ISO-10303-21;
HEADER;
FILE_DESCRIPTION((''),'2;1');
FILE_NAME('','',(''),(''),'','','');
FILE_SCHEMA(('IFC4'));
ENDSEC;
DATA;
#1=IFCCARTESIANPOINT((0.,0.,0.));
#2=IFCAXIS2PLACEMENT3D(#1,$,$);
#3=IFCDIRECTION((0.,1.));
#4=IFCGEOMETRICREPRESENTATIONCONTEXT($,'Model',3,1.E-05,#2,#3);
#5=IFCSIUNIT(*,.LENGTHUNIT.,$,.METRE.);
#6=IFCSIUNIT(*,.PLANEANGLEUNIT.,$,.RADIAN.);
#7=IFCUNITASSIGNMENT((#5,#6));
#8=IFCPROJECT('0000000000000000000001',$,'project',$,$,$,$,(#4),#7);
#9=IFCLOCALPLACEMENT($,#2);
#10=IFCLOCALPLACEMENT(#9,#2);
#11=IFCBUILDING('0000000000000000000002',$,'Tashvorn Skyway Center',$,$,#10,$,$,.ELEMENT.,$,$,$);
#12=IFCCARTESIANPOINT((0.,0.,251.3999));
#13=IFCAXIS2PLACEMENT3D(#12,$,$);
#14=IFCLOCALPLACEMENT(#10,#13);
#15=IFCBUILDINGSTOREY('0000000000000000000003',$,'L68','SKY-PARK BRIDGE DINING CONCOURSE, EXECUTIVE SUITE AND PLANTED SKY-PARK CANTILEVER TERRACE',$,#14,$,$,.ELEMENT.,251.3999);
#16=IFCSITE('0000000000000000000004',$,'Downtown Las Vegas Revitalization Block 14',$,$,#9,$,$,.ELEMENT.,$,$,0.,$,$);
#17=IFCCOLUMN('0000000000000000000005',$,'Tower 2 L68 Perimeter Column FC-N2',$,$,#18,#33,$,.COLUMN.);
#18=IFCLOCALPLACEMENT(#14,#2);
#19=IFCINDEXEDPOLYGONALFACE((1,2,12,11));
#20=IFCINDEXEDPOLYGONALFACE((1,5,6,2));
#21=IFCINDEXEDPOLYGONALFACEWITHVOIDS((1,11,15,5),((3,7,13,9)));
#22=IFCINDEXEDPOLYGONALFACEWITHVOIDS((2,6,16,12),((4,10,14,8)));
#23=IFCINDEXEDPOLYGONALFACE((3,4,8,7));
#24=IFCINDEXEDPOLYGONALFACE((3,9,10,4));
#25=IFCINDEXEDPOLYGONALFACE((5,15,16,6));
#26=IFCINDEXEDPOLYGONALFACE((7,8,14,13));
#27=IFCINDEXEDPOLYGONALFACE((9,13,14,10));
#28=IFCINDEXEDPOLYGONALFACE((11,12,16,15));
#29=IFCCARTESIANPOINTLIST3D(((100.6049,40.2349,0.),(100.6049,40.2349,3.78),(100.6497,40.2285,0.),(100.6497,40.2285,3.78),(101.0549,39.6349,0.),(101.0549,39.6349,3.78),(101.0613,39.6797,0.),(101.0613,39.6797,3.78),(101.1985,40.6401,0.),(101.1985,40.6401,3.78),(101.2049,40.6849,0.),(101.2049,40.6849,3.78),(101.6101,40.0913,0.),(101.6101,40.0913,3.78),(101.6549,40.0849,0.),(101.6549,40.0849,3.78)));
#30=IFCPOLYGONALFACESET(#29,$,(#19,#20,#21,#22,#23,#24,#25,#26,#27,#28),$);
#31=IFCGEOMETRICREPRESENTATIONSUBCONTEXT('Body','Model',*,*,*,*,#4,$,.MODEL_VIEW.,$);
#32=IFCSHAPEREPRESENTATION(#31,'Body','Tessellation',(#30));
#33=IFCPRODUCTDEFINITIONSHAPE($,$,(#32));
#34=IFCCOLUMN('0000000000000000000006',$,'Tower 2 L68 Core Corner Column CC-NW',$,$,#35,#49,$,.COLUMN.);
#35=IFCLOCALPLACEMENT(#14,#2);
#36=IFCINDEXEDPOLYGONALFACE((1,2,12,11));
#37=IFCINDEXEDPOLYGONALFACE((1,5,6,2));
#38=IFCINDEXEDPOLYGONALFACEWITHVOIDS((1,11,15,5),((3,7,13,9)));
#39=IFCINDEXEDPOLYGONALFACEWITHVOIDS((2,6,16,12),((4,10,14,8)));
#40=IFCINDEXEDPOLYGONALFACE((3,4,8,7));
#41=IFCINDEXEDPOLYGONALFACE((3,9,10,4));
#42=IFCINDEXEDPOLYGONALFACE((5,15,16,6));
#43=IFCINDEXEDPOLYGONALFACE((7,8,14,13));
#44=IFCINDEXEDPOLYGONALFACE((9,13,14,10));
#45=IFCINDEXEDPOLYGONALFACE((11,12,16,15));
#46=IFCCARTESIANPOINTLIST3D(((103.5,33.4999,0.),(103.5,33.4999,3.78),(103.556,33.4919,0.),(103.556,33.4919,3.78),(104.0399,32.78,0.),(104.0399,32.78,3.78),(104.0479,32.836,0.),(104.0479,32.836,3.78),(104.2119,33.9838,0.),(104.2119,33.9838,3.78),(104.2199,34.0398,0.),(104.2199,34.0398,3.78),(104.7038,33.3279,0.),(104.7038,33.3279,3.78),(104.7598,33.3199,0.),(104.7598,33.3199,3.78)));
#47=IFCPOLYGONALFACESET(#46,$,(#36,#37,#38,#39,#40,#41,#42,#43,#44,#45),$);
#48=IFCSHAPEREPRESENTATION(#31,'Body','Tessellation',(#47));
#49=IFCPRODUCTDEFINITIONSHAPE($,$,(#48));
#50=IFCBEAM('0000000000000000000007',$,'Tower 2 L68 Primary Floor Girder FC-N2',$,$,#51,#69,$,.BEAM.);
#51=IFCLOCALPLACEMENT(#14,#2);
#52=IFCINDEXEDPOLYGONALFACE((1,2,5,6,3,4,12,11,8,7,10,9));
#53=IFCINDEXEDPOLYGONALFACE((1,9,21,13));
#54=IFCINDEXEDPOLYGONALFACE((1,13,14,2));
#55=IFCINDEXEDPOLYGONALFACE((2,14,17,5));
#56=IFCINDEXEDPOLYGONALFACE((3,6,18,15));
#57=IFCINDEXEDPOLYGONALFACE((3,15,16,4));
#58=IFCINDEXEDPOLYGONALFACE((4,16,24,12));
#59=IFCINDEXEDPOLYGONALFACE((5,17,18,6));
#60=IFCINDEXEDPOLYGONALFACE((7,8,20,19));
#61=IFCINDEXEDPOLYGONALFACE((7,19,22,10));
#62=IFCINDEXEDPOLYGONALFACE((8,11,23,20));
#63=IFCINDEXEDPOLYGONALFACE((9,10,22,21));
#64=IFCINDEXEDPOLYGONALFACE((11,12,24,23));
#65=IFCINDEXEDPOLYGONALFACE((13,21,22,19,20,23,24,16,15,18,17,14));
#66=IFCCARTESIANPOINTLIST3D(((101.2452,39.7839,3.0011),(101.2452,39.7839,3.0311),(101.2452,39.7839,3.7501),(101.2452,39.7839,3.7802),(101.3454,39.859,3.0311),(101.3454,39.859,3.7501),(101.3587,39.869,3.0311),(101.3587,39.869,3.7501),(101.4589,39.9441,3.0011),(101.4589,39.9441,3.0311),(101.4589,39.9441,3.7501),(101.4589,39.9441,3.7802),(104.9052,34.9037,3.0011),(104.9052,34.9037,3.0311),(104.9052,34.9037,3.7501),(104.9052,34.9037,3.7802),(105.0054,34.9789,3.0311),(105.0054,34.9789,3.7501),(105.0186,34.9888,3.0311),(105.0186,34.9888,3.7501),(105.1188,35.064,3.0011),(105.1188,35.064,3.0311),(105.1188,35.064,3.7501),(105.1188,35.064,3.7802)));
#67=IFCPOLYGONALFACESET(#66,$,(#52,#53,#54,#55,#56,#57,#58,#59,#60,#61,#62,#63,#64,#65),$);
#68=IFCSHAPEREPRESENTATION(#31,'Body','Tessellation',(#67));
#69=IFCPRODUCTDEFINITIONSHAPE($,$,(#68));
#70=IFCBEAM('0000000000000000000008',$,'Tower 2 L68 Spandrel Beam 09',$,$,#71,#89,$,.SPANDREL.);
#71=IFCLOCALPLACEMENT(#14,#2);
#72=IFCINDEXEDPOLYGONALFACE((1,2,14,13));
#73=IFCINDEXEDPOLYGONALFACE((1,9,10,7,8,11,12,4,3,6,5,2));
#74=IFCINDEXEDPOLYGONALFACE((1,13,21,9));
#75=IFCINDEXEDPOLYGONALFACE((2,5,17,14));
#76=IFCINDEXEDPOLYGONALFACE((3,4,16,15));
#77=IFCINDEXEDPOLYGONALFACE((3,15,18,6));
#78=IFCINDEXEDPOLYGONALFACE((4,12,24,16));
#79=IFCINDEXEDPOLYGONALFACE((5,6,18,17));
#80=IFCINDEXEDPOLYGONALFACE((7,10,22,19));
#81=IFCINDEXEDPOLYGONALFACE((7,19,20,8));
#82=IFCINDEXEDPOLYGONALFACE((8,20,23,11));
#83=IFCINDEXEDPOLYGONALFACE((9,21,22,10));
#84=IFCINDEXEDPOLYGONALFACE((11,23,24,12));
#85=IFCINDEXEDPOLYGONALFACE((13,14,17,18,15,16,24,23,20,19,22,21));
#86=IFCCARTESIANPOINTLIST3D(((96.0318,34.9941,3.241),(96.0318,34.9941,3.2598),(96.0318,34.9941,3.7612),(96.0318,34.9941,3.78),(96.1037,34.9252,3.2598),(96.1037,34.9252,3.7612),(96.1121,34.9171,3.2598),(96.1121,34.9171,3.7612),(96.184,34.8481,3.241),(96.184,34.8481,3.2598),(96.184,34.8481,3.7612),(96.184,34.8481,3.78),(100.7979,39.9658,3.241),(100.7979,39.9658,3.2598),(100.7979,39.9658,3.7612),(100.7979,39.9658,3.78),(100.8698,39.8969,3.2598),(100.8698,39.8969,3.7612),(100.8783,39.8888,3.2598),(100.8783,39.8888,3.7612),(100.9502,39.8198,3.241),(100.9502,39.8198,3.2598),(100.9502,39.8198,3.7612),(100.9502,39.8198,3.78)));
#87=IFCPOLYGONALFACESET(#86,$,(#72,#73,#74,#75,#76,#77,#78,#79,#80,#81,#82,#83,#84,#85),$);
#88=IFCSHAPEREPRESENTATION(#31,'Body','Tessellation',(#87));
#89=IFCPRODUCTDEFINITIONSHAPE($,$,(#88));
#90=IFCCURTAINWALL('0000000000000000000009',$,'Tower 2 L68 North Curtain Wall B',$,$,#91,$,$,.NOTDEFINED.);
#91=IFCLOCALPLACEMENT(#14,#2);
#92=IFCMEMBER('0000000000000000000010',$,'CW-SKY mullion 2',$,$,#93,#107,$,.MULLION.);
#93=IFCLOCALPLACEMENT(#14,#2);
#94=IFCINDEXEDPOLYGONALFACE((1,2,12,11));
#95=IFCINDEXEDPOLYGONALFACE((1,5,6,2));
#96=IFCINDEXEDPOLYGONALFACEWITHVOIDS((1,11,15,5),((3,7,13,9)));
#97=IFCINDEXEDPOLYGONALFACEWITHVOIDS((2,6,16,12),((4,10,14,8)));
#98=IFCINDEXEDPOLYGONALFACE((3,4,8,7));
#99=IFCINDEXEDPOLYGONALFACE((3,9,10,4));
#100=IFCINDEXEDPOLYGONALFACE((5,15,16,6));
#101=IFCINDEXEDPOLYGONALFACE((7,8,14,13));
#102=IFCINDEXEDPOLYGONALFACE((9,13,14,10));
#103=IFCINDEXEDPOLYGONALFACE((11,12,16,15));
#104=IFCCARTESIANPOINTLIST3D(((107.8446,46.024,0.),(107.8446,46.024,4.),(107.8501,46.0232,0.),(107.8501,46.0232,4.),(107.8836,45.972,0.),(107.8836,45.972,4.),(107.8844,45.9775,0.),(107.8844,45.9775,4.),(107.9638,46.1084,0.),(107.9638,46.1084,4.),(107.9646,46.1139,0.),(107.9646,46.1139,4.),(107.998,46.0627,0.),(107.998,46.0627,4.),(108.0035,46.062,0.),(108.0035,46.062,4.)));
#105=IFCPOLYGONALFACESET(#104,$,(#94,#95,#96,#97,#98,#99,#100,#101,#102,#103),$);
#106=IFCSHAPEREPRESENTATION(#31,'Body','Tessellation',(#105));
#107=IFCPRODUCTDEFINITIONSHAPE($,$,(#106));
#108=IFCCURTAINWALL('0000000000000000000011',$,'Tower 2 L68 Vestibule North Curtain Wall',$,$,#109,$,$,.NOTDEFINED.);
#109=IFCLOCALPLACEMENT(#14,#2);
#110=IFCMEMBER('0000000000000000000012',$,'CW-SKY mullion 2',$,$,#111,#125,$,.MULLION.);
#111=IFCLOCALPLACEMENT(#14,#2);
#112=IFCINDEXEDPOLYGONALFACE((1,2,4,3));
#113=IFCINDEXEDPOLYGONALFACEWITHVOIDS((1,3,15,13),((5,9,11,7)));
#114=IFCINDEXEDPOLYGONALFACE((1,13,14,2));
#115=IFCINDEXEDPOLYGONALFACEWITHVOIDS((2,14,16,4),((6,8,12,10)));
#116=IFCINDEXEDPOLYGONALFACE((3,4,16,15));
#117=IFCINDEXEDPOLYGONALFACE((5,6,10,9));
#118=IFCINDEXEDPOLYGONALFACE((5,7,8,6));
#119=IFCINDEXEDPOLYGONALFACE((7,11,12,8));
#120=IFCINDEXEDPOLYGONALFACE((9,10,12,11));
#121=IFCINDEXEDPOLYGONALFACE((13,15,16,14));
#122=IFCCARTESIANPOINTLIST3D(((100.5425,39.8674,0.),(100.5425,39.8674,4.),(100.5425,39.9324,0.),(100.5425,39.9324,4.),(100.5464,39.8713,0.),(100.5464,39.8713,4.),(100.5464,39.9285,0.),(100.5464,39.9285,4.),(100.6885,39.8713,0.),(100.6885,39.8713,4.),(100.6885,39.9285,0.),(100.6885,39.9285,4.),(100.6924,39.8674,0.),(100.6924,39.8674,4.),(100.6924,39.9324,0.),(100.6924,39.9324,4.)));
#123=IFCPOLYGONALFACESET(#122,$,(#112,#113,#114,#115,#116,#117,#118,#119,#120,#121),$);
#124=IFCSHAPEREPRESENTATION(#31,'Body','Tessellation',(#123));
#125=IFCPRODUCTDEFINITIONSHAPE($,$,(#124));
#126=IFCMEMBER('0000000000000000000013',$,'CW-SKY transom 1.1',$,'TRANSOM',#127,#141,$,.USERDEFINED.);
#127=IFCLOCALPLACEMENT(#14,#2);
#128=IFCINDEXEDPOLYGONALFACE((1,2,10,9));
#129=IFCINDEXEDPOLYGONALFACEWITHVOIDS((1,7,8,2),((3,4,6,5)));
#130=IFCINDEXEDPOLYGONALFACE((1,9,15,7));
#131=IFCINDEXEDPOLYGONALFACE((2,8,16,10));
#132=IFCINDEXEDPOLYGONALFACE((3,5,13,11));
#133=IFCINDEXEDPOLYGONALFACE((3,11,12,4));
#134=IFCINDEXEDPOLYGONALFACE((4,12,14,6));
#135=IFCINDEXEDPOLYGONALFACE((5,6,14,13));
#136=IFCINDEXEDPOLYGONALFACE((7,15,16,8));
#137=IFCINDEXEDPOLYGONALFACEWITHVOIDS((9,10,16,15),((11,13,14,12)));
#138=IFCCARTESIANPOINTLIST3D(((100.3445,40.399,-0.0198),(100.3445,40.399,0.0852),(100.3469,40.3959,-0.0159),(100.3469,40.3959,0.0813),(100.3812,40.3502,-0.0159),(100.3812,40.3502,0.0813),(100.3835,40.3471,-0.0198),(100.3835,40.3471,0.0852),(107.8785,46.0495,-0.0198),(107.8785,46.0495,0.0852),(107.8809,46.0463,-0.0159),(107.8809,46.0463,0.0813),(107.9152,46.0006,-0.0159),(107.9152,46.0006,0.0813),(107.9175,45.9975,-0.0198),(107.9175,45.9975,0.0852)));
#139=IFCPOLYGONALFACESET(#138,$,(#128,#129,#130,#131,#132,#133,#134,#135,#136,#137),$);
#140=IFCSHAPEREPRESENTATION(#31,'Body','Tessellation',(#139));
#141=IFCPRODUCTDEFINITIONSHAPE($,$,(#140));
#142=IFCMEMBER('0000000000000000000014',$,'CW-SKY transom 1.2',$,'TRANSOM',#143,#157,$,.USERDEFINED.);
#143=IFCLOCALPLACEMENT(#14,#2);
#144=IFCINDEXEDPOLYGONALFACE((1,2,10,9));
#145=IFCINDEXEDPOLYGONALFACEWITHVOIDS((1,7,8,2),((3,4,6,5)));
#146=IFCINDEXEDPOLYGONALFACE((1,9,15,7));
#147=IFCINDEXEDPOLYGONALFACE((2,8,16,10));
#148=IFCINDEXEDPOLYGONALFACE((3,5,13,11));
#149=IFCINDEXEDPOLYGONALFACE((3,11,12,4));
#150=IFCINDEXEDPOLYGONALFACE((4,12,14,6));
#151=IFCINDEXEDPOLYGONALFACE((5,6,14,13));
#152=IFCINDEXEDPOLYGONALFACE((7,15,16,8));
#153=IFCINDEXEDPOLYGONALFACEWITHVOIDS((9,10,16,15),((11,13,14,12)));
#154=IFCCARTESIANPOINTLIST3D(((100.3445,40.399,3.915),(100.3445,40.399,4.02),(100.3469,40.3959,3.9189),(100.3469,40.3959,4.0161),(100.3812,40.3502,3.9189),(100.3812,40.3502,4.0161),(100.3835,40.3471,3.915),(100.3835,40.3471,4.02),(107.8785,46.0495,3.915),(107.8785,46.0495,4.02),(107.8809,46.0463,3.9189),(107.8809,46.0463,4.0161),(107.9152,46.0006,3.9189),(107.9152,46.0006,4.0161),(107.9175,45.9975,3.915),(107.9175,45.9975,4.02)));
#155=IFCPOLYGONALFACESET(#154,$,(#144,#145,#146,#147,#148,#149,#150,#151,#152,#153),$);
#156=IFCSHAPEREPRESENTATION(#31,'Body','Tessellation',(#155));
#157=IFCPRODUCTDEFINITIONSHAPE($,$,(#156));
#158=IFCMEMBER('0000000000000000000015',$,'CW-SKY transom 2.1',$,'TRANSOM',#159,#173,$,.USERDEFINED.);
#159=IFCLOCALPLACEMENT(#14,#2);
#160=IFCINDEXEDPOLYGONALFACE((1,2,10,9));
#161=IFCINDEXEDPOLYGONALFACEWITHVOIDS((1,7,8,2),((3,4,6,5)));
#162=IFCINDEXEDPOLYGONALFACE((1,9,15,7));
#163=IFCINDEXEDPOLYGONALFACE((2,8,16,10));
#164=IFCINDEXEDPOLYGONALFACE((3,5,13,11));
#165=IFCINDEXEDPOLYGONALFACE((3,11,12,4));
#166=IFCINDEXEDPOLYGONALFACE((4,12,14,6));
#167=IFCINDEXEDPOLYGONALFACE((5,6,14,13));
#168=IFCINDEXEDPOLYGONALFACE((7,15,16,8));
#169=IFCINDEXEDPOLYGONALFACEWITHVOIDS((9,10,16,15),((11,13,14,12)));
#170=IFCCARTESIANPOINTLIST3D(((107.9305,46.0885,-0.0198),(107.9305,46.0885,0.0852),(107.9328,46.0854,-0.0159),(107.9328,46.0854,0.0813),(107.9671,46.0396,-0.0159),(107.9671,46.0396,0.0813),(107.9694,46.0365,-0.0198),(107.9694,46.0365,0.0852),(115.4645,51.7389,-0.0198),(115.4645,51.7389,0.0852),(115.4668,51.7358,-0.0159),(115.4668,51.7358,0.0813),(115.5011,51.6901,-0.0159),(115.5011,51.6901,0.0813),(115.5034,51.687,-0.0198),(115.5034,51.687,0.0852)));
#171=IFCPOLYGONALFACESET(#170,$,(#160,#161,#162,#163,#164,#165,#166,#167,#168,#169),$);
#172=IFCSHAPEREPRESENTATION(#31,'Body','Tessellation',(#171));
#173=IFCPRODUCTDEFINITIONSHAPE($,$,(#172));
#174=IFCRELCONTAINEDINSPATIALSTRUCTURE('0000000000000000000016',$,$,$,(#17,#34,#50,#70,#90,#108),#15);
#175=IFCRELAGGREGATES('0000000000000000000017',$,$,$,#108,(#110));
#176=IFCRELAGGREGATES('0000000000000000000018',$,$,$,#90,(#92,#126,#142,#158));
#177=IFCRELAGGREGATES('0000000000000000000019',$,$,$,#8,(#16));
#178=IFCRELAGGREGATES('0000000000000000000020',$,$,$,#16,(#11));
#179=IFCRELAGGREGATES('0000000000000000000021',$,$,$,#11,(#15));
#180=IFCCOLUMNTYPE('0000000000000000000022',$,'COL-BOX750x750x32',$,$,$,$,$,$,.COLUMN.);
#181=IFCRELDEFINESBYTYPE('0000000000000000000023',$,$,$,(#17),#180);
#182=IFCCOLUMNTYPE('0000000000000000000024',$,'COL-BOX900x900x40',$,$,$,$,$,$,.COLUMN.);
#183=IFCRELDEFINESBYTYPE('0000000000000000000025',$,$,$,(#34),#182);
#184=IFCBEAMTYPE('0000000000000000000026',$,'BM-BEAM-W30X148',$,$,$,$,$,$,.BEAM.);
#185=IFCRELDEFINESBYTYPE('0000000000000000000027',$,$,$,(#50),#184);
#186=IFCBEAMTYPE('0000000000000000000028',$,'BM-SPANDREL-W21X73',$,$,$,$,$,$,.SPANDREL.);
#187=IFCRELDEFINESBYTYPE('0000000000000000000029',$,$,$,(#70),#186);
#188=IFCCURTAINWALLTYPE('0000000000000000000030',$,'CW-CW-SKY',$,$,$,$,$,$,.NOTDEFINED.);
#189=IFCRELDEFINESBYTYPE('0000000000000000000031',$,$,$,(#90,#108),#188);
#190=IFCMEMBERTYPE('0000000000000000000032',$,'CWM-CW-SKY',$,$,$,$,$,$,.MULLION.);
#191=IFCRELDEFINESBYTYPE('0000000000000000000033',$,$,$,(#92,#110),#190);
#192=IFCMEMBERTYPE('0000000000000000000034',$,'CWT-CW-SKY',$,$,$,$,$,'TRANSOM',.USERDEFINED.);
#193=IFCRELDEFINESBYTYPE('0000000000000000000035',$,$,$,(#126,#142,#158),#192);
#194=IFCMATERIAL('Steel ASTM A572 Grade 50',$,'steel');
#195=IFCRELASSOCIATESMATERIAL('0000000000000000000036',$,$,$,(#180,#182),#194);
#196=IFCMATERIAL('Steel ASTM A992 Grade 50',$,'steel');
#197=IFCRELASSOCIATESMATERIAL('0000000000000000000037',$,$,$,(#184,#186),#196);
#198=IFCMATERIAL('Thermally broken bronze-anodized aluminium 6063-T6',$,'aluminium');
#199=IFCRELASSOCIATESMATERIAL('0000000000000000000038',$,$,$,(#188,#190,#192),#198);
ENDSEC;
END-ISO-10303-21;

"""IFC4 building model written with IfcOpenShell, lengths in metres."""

from ifc_helpers import new_model, si_unit, direction, frame, origin, origin_2d, place, context, subcontext, project, spatial, hollow_rectangle, i_section, extrude, material, material_profile, profile_set, type_object, element, aggregate, save


model = new_model("IFC4")

# Units and contexts
model_context = context("Model", 3, precision=1e-05, world=origin(), true_north=direction((0.0, 1.0)))
body_context = subcontext(model_context, "Body", "Model", "MODEL_VIEW")
ifc_project = project(units=[si_unit("LENGTHUNIT", "METRE"), si_unit("PLANEANGLEUNIT", "RADIAN")], contexts=[model_context])

# Site, building, storey
site_placement = place(None, origin())
site = spatial("IfcSite", under=ifc_project, at=site_placement, Name="Downtown Las Vegas Revitalization Block 14", CompositionType="ELEMENT", RefElevation=0.0)
building_placement = place(site_placement, origin())
building = spatial("IfcBuilding", under=site, at=building_placement, Name="Tashvorn Skyway Center", CompositionType="ELEMENT")
storey_placement = place(building_placement, frame((0.0, 0.0, 251.3999)))
storey = spatial("IfcBuildingStorey", under=building, at=storey_placement, Name="L68", Description="SKY-PARK BRIDGE DINING CONCOURSE, EXECUTIVE SUITE AND PLANTED SKY-PARK CANTILEVER TERRACE", CompositionType="ELEMENT", Elevation=251.3999)

# Columns
ifc_material_1 = material(Name="Steel ASTM A572 Grade 50", Category="steel")
ifc_material_profile_1 = material_profile(ifc_material_1, hollow_rectangle(XDim=0.75, YDim=0.75, WallThickness=0.032, at=origin_2d()), Name="BOX750x750x32")
ifc_profile_set_1 = profile_set([ifc_material_profile_1], Name="Steel ASTM A572 Grade 50")
column_type_1 = type_object("IfcColumnType", Name="COL-BOX750x750x32", PredefinedType="COLUMN", material=ifc_profile_set_1)
column_1_placement = place(storey_placement, frame((101.1299, 40.1599, 0.0), z_axis=(0.0, 0.0, 1.0), x_axis=(0.8, 0.6, 0.0)))
element("IfcColumn", 1, at=column_1_placement, inside=storey, type_object=column_type_1, Name="Tower 2 L68 Perimeter Column FC-N2", PredefinedType="COLUMN", context=body_context, shape_type="SweptSolid", body=[
    extrude(hollow_rectangle(XDim=0.75, YDim=0.75, WallThickness=0.032, at=origin_2d()), origin(), (0.0, 0.0, 1.0), 3.78),
])
ifc_material_profile_2 = material_profile(ifc_material_1, hollow_rectangle(XDim=0.8999, YDim=0.8999, WallThickness=0.04, at=origin_2d()), Name="BOX900x900x40")
ifc_profile_set_2 = profile_set([ifc_material_profile_2], Name="Steel ASTM A572 Grade 50")
column_type_2 = type_object("IfcColumnType", Name="COL-BOX900x900x40", PredefinedType="COLUMN", material=ifc_profile_set_2)
column_2_placement = place(storey_placement, frame((104.1299, 33.4099, 0.0), z_axis=(0.0, 0.0, 1.0), x_axis=(0.8, 0.6, 0.0)))
element("IfcColumn", 2, at=column_2_placement, inside=storey, type_object=column_type_2, Name="Tower 2 L68 Core Corner Column CC-NW", PredefinedType="COLUMN", context=body_context, shape_type="SweptSolid", body=[
    extrude(hollow_rectangle(XDim=0.8999, YDim=0.8999, WallThickness=0.04, at=origin_2d()), origin(), (0.0, 0.0, 1.0), 3.78),
])

# Beams
ifc_material_2 = material(Name="Steel ASTM A992 Grade 50", Category="steel")
ifc_material_profile_3 = material_profile(ifc_material_2, i_section(OverallWidth=0.2671, OverallDepth=0.7791, WebThickness=0.0166, FlangeThickness=0.03, at=origin_2d()), Name="W30X148")
ifc_profile_set_3 = profile_set([ifc_material_profile_3], Name="Steel ASTM A992 Grade 50")
beam_type_1 = type_object("IfcBeamType", Name="BM-BEAM-W30X148", PredefinedType="BEAM", material=ifc_profile_set_3)
beam_1_placement = place(storey_placement, frame((101.3521, 39.864, 3.3906), z_axis=(0.599981, -0.800014, 0.0), x_axis=(0.800014, 0.599981, 0.0)))
element("IfcBeam", 3, at=beam_1_placement, inside=storey, type_object=beam_type_1, Name="Tower 2 L68 Primary Floor Girder FC-N2", PredefinedType="BEAM", context=body_context, shape_type="SweptSolid", body=[
    extrude(i_section(OverallWidth=0.2671, OverallDepth=0.7791, WebThickness=0.0166, FlangeThickness=0.03, at=origin_2d()), origin(), (0.0, 0.0, 1.0), 6.1001),
])
ifc_material_profile_4 = material_profile(ifc_material_2, i_section(OverallWidth=0.2109, OverallDepth=0.5391, WebThickness=0.0117, FlangeThickness=0.0188, at=origin_2d()), Name="W21X73")
ifc_profile_set_4 = profile_set([ifc_material_profile_4], Name="Steel ASTM A992 Grade 50")
beam_type_2 = type_object("IfcBeamType", Name="BM-SPANDREL-W21X73", PredefinedType="SPANDREL", material=ifc_profile_set_4)
beam_2_placement = place(storey_placement, frame((100.874, 39.8928, 3.5105), z_axis=(-0.692025, -0.721873, 0.0), x_axis=(0.721873, -0.692025, 0.0)))
element("IfcBeam", 4, at=beam_2_placement, inside=storey, type_object=beam_type_2, Name="Tower 2 L68 Spandrel Beam 09", PredefinedType="SPANDREL", context=body_context, shape_type="SweptSolid", body=[
    extrude(i_section(OverallWidth=0.2109, OverallDepth=0.5391, WebThickness=0.0117, FlangeThickness=0.0188, at=origin_2d()), origin(), (0.0, 0.0, 1.0), 6.8872),
])

# Curtain walls, members
ifc_material_3 = material(Name="Thermally broken bronze-anodized aluminium 6063-T6", Category="aluminium")
curtain_wall_type = type_object("IfcCurtainWallType", Name="CW-CW-SKY", PredefinedType="NOTDEFINED", material=ifc_material_3)
curtain_wall_1_placement = place(storey_placement, origin())
curtain_wall_1 = element("IfcCurtainWall", 5, at=curtain_wall_1_placement, inside=storey, type_object=curtain_wall_type, Name="Tower 2 L68 North Curtain Wall B", PredefinedType="NOTDEFINED")
ifc_material_profile_5 = material_profile(ifc_material_3, hollow_rectangle(XDim=0.0649, YDim=0.1499, WallThickness=0.0039, at=origin_2d()), Name="ALU-MULL-65x150")
ifc_profile_set_5 = profile_set([ifc_material_profile_5], Name="Thermally broken bronze-anodized aluminium 6063-T6")
member_type_1 = type_object("IfcMemberType", Name="CWM-CW-SKY", PredefinedType="MULLION", material=ifc_profile_set_5)
member_1_placement = place(storey_placement, frame((107.9241, 46.043, 0.0), z_axis=(0.0, 0.0, 1.0), x_axis=(-0.6, 0.8, 0.0)))
member_1 = element("IfcMember", 6, at=member_1_placement, type_object=member_type_1, Name="CW-SKY mullion 2", PredefinedType="MULLION", context=body_context, shape_type="SweptSolid", body=[
    extrude(hollow_rectangle(XDim=0.0649, YDim=0.1499, WallThickness=0.0039, at=origin_2d()), origin(), (0.0, 0.0, 1.0), 4.0),
])
curtain_wall_2_placement = place(storey_placement, origin())
curtain_wall_2 = element("IfcCurtainWall", 7, at=curtain_wall_2_placement, inside=storey, type_object=curtain_wall_type, Name="Tower 2 L68 Vestibule North Curtain Wall", PredefinedType="NOTDEFINED")
member_2_placement = place(storey_placement, frame((100.6174, 39.8999, 0.0), z_axis=(0.0, 0.0, 1.0), x_axis=(0.0, 1.0, 0.0)))
member_2 = element("IfcMember", 8, at=member_2_placement, type_object=member_type_1, Name="CW-SKY mullion 2", PredefinedType="MULLION", context=body_context, shape_type="SweptSolid", body=[
    extrude(hollow_rectangle(XDim=0.0649, YDim=0.1499, WallThickness=0.0039, at=origin_2d()), origin(), (0.0, 0.0, 1.0), 4.0),
])
aggregate(curtain_wall_2, [member_2])

# Members
ifc_material_profile_6 = material_profile(ifc_material_3, hollow_rectangle(XDim=0.0649, YDim=0.105, WallThickness=0.0039, at=origin_2d()), Name="ALU-TRAN-65x105")
ifc_profile_set_6 = profile_set([ifc_material_profile_6], Name="Thermally broken bronze-anodized aluminium 6063-T6")
member_type_2 = type_object("IfcMemberType", Name="CWT-CW-SKY", ElementType="TRANSOM", PredefinedType="USERDEFINED", material=ifc_profile_set_6)
member_3_placement = place(storey_placement, frame((100.364, 40.373, 0.0327), z_axis=(0.800003, 0.599996, 0.0), x_axis=(-0.599996, 0.800003, 0.0)))
member_3 = element("IfcMember", 9, at=member_3_placement, type_object=member_type_2, Name="CW-SKY transom 1.1", ObjectType="TRANSOM", PredefinedType="USERDEFINED", context=body_context, shape_type="SweptSolid", body=[
    extrude(hollow_rectangle(XDim=0.0649, YDim=0.105, WallThickness=0.0039, at=origin_2d()), origin(), (0.0, 0.0, 1.0), 9.4175),
])
member_4_placement = place(storey_placement, frame((100.364, 40.373, 3.9675), z_axis=(0.800003, 0.599996, 0.0), x_axis=(-0.599996, 0.800003, 0.0)))
member_4 = element("IfcMember", 10, at=member_4_placement, type_object=member_type_2, Name="CW-SKY transom 1.2", ObjectType="TRANSOM", PredefinedType="USERDEFINED", context=body_context, shape_type="SweptSolid", body=[
    extrude(hollow_rectangle(XDim=0.0649, YDim=0.105, WallThickness=0.0039, at=origin_2d()), origin(), (0.0, 0.0, 1.0), 9.4175),
])
member_5_placement = place(storey_placement, frame((107.95, 46.0625, 0.0327), z_axis=(0.800003, 0.599996, 0.0), x_axis=(-0.599996, 0.800003, 0.0)))
member_5 = element("IfcMember", 11, at=member_5_placement, type_object=member_type_2, Name="CW-SKY transom 2.1", ObjectType="TRANSOM", PredefinedType="USERDEFINED", context=body_context, shape_type="SweptSolid", body=[
    extrude(hollow_rectangle(XDim=0.0649, YDim=0.105, WallThickness=0.0039, at=origin_2d()), origin(), (0.0, 0.0, 1.0), 9.4175),
])

aggregate(curtain_wall_1, [member_1, member_3, member_4, member_5])

save(model, "model.ifc")
